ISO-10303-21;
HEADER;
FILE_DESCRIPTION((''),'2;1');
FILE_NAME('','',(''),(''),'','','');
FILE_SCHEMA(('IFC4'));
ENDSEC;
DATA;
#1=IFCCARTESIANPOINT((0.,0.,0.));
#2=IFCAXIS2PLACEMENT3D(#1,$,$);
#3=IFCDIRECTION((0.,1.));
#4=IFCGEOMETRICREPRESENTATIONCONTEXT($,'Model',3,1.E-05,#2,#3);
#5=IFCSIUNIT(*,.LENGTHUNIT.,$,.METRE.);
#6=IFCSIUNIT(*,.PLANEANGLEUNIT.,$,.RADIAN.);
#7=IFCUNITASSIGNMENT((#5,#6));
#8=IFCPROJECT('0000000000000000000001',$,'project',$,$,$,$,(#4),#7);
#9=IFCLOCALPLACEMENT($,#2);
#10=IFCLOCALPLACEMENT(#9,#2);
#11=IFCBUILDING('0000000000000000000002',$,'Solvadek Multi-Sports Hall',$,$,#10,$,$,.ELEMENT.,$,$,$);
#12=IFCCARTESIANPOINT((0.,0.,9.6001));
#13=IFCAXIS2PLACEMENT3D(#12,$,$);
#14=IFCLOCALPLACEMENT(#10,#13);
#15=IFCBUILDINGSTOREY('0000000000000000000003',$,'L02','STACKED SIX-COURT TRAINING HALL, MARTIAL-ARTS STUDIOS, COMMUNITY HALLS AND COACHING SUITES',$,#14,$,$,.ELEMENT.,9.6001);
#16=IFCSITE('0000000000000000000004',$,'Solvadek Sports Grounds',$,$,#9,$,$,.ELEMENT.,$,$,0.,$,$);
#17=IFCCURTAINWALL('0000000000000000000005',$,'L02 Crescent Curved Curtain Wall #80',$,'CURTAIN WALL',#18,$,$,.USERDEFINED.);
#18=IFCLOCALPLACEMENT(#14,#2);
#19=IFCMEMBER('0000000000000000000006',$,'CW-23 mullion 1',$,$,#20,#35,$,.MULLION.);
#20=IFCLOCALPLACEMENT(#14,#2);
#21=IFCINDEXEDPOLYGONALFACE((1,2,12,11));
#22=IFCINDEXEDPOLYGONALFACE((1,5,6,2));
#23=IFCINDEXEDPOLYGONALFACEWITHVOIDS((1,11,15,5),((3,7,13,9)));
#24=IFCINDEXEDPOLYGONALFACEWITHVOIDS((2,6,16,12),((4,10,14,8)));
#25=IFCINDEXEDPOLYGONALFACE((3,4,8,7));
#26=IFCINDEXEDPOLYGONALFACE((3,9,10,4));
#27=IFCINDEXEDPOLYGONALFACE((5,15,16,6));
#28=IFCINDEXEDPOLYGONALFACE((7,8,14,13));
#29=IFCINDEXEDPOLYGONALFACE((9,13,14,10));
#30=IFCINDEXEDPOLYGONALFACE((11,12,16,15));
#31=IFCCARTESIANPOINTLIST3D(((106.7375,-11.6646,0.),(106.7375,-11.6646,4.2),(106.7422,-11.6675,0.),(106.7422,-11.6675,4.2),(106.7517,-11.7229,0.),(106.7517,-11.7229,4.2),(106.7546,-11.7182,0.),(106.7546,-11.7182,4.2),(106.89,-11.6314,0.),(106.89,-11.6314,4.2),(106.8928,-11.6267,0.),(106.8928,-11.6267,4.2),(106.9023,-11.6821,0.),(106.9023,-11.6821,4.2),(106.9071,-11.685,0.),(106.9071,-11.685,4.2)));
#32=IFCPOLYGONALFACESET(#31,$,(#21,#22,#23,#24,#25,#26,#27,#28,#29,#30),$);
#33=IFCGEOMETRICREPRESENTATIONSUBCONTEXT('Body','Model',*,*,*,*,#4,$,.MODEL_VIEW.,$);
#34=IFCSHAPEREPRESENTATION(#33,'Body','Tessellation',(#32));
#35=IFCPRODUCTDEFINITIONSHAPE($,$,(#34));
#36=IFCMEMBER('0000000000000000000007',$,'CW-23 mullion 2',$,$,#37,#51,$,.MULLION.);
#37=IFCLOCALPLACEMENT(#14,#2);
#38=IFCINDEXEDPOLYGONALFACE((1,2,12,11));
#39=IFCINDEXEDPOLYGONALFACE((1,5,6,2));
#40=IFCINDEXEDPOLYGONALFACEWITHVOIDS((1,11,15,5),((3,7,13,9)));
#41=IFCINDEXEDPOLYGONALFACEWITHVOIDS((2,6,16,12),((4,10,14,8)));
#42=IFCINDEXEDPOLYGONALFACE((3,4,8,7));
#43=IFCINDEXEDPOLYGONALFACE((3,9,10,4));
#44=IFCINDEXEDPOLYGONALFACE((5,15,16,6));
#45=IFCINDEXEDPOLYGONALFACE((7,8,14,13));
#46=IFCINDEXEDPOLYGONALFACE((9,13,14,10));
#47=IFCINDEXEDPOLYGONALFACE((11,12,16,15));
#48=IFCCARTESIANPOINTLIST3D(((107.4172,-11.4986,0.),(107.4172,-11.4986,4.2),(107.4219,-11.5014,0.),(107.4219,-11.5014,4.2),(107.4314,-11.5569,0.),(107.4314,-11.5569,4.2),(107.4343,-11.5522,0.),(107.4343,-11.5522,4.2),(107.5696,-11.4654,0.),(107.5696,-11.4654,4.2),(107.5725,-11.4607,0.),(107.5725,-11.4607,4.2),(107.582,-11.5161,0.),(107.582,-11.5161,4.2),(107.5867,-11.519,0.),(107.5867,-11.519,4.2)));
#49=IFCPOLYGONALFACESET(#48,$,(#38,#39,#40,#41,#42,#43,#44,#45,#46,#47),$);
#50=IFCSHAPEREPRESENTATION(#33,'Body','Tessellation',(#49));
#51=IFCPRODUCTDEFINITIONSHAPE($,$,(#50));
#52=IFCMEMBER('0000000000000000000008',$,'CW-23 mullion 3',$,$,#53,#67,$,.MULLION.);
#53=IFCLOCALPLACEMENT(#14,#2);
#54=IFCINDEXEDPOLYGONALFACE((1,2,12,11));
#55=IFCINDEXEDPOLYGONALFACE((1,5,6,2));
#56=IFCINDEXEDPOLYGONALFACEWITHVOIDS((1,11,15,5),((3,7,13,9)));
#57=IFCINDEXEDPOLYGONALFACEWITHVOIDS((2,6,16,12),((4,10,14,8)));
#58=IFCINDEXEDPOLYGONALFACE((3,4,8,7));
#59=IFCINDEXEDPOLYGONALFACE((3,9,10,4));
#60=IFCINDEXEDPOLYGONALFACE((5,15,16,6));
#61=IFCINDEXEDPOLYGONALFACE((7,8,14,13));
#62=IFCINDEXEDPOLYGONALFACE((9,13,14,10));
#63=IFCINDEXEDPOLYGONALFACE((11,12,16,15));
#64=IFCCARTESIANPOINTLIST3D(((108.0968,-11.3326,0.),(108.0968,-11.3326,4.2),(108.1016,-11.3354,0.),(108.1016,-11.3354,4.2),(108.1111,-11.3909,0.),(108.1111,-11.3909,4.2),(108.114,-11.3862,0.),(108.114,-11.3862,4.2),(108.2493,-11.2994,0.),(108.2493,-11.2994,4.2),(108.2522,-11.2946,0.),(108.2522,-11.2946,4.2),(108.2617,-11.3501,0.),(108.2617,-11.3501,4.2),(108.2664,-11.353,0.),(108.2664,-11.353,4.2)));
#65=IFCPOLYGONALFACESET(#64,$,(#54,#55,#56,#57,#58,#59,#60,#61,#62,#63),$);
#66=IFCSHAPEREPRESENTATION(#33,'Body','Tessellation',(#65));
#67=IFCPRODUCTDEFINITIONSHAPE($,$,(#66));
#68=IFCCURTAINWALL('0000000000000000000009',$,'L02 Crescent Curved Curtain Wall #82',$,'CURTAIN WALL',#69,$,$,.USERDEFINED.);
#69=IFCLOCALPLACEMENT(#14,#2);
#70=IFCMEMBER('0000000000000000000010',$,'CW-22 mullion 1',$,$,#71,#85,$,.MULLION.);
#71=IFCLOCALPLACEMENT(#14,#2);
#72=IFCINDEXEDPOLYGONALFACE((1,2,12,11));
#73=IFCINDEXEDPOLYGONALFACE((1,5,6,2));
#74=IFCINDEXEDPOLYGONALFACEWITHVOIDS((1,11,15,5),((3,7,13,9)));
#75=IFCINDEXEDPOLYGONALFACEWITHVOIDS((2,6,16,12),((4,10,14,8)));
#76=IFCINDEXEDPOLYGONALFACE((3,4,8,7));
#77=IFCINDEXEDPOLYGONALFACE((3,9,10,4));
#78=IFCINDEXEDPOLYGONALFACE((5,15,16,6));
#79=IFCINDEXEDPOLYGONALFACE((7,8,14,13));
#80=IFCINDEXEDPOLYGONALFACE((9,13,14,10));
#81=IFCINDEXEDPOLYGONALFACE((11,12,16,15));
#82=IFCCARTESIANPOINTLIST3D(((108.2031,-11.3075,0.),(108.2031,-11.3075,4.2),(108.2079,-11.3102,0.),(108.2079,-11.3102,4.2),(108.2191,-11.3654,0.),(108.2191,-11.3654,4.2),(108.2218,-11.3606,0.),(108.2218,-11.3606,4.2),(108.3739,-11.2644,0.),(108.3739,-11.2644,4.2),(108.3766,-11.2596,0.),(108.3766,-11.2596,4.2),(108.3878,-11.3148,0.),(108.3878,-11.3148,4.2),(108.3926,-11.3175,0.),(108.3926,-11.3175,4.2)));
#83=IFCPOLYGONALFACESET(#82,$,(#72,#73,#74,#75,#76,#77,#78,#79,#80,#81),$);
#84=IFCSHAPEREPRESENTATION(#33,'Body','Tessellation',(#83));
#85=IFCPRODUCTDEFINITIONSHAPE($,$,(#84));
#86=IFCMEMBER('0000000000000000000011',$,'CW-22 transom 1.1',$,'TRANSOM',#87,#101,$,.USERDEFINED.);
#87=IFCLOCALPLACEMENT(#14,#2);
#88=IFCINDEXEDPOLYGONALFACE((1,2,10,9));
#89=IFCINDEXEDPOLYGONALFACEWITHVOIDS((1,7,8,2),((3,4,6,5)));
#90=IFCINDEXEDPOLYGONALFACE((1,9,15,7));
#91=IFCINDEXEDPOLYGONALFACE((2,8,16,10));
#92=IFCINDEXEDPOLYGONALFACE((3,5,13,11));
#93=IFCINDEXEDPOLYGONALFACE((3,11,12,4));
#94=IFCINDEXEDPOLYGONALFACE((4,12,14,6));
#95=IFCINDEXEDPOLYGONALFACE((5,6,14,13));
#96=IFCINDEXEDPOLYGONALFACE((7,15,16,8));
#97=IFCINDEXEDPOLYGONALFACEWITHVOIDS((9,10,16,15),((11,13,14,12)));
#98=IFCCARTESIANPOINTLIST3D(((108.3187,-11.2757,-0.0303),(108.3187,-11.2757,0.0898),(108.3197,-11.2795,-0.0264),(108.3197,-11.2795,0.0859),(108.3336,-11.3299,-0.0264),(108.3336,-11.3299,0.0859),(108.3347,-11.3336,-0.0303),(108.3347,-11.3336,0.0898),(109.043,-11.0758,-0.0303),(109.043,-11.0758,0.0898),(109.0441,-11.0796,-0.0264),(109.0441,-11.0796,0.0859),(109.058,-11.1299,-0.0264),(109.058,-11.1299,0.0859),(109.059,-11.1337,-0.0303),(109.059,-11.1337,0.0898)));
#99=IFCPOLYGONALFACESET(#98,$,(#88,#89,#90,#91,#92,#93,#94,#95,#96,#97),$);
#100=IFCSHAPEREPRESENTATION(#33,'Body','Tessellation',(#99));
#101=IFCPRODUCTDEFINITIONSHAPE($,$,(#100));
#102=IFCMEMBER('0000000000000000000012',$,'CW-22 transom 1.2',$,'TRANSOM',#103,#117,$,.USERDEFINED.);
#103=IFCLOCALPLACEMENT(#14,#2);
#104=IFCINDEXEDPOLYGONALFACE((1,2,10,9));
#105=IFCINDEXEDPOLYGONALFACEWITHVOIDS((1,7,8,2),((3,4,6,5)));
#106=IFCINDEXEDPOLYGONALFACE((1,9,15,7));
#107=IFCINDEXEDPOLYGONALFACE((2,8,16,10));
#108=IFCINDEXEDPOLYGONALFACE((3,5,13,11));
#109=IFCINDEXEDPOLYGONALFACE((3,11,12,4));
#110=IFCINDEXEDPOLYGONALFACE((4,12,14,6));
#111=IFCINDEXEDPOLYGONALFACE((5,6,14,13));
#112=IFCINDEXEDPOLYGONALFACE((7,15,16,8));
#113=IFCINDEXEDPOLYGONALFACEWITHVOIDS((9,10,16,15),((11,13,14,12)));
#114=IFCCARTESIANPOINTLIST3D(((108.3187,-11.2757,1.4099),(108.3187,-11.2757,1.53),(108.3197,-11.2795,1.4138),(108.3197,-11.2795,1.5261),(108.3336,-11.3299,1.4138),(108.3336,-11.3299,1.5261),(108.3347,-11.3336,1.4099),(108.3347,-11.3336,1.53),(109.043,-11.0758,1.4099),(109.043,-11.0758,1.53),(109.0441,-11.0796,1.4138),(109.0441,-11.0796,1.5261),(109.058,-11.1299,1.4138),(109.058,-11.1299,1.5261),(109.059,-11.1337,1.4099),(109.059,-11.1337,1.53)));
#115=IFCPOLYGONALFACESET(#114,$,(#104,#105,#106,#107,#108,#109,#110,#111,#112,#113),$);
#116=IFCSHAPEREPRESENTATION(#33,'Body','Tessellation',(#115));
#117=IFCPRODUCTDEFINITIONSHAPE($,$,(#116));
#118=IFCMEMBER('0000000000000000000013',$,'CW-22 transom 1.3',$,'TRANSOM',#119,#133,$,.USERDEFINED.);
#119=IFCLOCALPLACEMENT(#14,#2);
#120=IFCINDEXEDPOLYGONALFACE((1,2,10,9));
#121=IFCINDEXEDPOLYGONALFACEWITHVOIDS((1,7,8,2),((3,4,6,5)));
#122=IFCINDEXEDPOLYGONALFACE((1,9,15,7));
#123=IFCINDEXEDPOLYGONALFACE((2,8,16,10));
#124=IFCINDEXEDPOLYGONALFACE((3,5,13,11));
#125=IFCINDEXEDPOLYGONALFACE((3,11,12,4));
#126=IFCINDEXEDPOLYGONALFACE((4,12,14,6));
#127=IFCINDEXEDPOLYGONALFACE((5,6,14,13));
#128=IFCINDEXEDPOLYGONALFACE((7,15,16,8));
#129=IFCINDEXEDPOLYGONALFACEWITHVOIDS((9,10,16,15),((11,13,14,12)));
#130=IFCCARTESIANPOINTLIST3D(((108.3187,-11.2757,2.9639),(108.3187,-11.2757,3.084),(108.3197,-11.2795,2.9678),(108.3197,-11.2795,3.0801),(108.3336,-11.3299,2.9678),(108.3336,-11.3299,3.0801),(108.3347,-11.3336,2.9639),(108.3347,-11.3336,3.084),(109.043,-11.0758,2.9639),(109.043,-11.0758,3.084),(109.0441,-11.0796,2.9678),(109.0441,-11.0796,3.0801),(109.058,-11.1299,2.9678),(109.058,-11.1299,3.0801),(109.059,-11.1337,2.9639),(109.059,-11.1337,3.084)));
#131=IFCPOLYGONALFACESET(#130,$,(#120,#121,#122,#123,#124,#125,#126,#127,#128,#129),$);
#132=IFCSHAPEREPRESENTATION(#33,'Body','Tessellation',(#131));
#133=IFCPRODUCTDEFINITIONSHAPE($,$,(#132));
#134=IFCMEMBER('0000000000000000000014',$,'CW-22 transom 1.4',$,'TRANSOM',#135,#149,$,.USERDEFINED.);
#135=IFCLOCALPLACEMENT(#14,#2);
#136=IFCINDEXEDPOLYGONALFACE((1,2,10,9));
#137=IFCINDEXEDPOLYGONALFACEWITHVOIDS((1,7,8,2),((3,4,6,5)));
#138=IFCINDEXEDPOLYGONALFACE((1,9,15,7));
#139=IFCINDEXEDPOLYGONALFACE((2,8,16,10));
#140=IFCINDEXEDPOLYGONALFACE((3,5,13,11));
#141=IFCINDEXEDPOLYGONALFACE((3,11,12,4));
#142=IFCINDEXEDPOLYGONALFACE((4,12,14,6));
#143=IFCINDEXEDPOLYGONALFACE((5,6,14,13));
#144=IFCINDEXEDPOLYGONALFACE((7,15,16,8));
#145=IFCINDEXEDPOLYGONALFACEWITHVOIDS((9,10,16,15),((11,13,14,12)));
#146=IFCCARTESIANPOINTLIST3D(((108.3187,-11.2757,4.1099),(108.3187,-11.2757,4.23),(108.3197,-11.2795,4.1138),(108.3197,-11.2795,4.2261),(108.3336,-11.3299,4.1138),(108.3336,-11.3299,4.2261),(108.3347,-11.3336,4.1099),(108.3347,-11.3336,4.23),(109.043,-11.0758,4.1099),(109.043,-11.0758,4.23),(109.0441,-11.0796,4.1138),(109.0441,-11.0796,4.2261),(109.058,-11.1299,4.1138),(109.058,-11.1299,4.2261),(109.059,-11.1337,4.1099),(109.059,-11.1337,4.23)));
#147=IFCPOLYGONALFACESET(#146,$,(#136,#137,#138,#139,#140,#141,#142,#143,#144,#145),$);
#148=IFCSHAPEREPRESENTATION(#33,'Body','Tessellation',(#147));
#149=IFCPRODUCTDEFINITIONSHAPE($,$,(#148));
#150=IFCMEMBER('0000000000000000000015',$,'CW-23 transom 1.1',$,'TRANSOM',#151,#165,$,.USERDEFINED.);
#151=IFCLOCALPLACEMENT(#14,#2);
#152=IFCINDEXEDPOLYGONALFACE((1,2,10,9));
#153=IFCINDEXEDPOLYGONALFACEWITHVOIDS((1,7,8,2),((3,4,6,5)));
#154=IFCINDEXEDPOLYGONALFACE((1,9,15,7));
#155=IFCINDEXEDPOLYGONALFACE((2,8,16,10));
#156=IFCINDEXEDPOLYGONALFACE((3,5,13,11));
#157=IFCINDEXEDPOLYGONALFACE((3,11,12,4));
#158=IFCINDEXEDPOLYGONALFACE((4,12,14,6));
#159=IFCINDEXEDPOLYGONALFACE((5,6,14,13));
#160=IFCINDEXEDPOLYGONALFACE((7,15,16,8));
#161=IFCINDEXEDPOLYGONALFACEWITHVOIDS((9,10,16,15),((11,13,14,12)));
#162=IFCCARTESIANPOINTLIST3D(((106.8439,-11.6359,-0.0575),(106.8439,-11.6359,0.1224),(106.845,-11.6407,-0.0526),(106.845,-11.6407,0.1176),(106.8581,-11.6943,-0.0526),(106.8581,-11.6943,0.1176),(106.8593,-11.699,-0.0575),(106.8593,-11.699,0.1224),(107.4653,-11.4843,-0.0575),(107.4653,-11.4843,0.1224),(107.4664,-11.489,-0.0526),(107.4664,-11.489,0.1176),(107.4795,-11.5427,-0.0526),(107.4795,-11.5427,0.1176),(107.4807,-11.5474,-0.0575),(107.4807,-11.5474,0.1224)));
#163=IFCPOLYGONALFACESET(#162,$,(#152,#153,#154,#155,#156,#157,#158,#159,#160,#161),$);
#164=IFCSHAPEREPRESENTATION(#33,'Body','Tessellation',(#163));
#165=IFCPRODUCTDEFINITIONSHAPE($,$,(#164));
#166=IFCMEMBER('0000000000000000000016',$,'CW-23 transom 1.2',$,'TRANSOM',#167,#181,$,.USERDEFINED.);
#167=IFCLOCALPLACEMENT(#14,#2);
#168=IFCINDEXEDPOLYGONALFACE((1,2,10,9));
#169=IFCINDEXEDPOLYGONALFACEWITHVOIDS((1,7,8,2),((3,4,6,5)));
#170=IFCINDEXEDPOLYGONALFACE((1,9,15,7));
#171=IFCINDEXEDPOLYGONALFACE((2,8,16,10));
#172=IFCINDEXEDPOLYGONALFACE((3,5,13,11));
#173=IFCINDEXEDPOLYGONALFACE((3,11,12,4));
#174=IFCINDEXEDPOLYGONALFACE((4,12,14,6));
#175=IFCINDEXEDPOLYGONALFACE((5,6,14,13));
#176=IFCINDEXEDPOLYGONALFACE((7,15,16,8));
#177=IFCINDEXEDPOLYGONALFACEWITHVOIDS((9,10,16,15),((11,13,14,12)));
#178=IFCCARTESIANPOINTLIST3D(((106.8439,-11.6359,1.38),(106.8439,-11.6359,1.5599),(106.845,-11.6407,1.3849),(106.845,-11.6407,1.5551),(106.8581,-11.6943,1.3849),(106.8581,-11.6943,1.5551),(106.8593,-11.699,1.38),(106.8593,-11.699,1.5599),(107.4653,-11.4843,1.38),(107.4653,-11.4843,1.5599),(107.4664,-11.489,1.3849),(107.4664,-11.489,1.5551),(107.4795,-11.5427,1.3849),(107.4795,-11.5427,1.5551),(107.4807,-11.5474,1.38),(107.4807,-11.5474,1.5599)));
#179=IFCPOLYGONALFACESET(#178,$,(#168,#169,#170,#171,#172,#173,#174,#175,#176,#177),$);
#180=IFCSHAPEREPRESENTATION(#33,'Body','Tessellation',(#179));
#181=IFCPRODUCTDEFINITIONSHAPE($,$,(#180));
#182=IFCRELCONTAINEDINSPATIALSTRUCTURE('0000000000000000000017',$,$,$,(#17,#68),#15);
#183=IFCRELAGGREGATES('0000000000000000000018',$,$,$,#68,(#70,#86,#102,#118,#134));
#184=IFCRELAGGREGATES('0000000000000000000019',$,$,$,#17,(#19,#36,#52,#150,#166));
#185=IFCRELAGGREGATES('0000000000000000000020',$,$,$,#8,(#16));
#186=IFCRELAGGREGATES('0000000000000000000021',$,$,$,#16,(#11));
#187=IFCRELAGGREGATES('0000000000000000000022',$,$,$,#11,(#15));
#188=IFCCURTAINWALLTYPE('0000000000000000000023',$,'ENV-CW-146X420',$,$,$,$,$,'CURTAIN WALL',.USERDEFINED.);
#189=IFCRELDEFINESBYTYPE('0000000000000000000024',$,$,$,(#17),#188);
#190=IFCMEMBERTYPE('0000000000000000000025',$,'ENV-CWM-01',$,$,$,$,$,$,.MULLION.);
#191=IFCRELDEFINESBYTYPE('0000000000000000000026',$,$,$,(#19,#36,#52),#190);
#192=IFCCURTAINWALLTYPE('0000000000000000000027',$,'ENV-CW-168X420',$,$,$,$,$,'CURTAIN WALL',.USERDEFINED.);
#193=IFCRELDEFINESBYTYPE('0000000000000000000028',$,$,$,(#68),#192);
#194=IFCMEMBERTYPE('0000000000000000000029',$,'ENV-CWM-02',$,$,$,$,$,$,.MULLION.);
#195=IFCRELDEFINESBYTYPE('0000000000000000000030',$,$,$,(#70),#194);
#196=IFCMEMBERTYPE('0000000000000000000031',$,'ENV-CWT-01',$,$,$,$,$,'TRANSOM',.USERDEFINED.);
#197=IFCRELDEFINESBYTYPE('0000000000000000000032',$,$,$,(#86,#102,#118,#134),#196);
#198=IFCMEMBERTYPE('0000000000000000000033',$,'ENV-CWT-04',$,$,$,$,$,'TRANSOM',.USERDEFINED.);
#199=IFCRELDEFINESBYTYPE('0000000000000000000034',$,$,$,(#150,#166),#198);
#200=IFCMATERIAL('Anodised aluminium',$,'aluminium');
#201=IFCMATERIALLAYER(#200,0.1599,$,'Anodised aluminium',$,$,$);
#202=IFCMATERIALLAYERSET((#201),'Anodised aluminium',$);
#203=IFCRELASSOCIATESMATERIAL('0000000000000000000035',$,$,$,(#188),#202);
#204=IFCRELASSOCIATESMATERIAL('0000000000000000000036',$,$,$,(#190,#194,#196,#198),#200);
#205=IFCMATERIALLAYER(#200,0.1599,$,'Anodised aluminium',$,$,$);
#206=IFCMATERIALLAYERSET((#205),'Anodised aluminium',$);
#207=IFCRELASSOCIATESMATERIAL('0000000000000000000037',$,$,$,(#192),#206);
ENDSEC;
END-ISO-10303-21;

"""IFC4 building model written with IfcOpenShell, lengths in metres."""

from ifc_helpers import new_model, si_unit, direction, frame, origin, origin_2d, place, context, subcontext, project, spatial, hollow_rectangle, extrude, material, layer, layer_set, material_profile, profile_set, type_object, element, aggregate, save


model = new_model("IFC4")

# Units and contexts
model_context = context("Model", 3, precision=1e-05, world=origin(), true_north=direction((0.0, 1.0)))
body_context = subcontext(model_context, "Body", "Model", "MODEL_VIEW")
ifc_project = project(units=[si_unit("LENGTHUNIT", "METRE"), si_unit("PLANEANGLEUNIT", "RADIAN")], contexts=[model_context])

# Site, building, storey
site_placement = place(None, origin())
site = spatial("IfcSite", under=ifc_project, at=site_placement, Name="Solvadek Sports Grounds", CompositionType="ELEMENT", RefElevation=0.0)
building_placement = place(site_placement, origin())
building = spatial("IfcBuilding", under=site, at=building_placement, Name="Solvadek Multi-Sports Hall", CompositionType="ELEMENT")
storey_placement = place(building_placement, frame((0.0, 0.0, 9.6001)))
storey = spatial("IfcBuildingStorey", under=building, at=storey_placement, Name="L02", Description="STACKED SIX-COURT TRAINING HALL, MARTIAL-ARTS STUDIOS, COMMUNITY HALLS AND COACHING SUITES", CompositionType="ELEMENT", Elevation=9.6001)

# Curtain walls, members
ifc_material_1 = material(Name="Anodised aluminium", Category="aluminium")
ifc_layer_1 = layer(ifc_material_1, 0.1599, Name="Anodised aluminium")
ifc_layer_set_1 = layer_set([ifc_layer_1], Name="Anodised aluminium")
curtain_wall_type_1 = type_object("IfcCurtainWallType", Name="ENV-CW-146X420", ElementType="CURTAIN WALL", PredefinedType="USERDEFINED", material=ifc_layer_set_1)
curtain_wall_1_placement = place(storey_placement, origin())
curtain_wall_1 = element("IfcCurtainWall", 1, at=curtain_wall_1_placement, inside=storey, type_object=curtain_wall_type_1, Name="L02 Crescent Curved Curtain Wall #80", ObjectType="CURTAIN WALL", PredefinedType="USERDEFINED")
ifc_material_profile_1 = material_profile(ifc_material_1, hollow_rectangle(XDim=0.0601, YDim=0.1599, WallThickness=0.0039, at=origin_2d()), Name="ALU-M 160x60x4")
ifc_profile_set_1 = profile_set([ifc_material_profile_1], Name="Anodised aluminium")
member_type_1 = type_object("IfcMemberType", Name="ENV-CWM-01", PredefinedType="MULLION", material=ifc_profile_set_1)
member_1_placement = place(storey_placement, frame((106.8223, -11.6748, 0.0), z_axis=(0.0, 0.0, 1.0), x_axis=(-0.237163, 0.97147, 0.0)))
member_1 = element("IfcMember", 2, at=member_1_placement, type_object=member_type_1, Name="CW-23 mullion 1", PredefinedType="MULLION", context=body_context, shape_type="SweptSolid", body=[
    extrude(hollow_rectangle(XDim=0.0601, YDim=0.1599, WallThickness=0.0039, at=origin_2d()), origin(), (0.0, 0.0, 1.0), 4.2),
])
member_2_placement = place(storey_placement, frame((107.502, -11.5088, 0.0), z_axis=(0.0, 0.0, 1.0), x_axis=(-0.237163, 0.97147, 0.0)))
member_2 = element("IfcMember", 3, at=member_2_placement, type_object=member_type_1, Name="CW-23 mullion 2", PredefinedType="MULLION", context=body_context, shape_type="SweptSolid", body=[
    extrude(hollow_rectangle(XDim=0.0601, YDim=0.1599, WallThickness=0.0039, at=origin_2d()), origin(), (0.0, 0.0, 1.0), 4.2),
])
member_3_placement = place(storey_placement, frame((108.1816, -11.3428, 0.0), z_axis=(0.0, 0.0, 1.0), x_axis=(-0.237163, 0.97147, 0.0)))
member_3 = element("IfcMember", 4, at=member_3_placement, type_object=member_type_1, Name="CW-23 mullion 3", PredefinedType="MULLION", context=body_context, shape_type="SweptSolid", body=[
    extrude(hollow_rectangle(XDim=0.0601, YDim=0.1599, WallThickness=0.0039, at=origin_2d()), origin(), (0.0, 0.0, 1.0), 4.2),
])
ifc_layer_2 = layer(ifc_material_1, 0.1599, Name="Anodised aluminium")
ifc_layer_set_2 = layer_set([ifc_layer_2], Name="Anodised aluminium")
curtain_wall_type_2 = type_object("IfcCurtainWallType", Name="ENV-CW-168X420", ElementType="CURTAIN WALL", PredefinedType="USERDEFINED", material=ifc_layer_set_2)
curtain_wall_2_placement = place(storey_placement, origin())
curtain_wall_2 = element("IfcCurtainWall", 5, at=curtain_wall_2_placement, inside=storey, type_object=curtain_wall_type_2, Name="L02 Crescent Curved Curtain Wall #82", ObjectType="CURTAIN WALL", PredefinedType="USERDEFINED")
ifc_material_profile_2 = material_profile(ifc_material_1, hollow_rectangle(XDim=0.0601, YDim=0.1799, WallThickness=0.0039, at=origin_2d()), Name="ALU-M 180x60x4")
ifc_profile_set_2 = profile_set([ifc_material_profile_2], Name="Anodised aluminium")
member_type_2 = type_object("IfcMemberType", Name="ENV-CWM-02", PredefinedType="MULLION", material=ifc_profile_set_2)
member_4_placement = place(storey_placement, frame((108.2979, -11.3125, 0.0), z_axis=(0.0, 0.0, 1.0), x_axis=(-0.265982, 0.963978, 0.0)))
member_4 = element("IfcMember", 6, at=member_4_placement, type_object=member_type_2, Name="CW-22 mullion 1", PredefinedType="MULLION", context=body_context, shape_type="SweptSolid", body=[
    extrude(hollow_rectangle(XDim=0.0601, YDim=0.1799, WallThickness=0.0039, at=origin_2d()), origin(), (0.0, 0.0, 1.0), 4.2),
])
ifc_material_profile_3 = material_profile(ifc_material_1, hollow_rectangle(XDim=0.0601, YDim=0.1201, WallThickness=0.0039, at=origin_2d()), Name="ALU-T 120x60x4")
ifc_profile_set_3 = profile_set([ifc_material_profile_3], Name="Anodised aluminium")
member_type_3 = type_object("IfcMemberType", Name="ENV-CWT-01", ElementType="TRANSOM", PredefinedType="USERDEFINED", material=ifc_profile_set_3)
member_5_placement = place(storey_placement, frame((108.3267, -11.3047, 0.0298), z_axis=(0.96395, 0.266085, 0.0), x_axis=(-0.266085, 0.96395, 0.0)))
member_5 = element("IfcMember", 7, at=member_5_placement, type_object=member_type_3, Name="CW-22 transom 1.1", ObjectType="TRANSOM", PredefinedType="USERDEFINED", context=body_context, shape_type="SweptSolid", body=[
    extrude(hollow_rectangle(XDim=0.0601, YDim=0.1201, WallThickness=0.0039, at=origin_2d()), origin(), (0.0, 0.0, 1.0), 0.7515),
])
member_6_placement = place(storey_placement, frame((108.3267, -11.3047, 1.47), z_axis=(0.96395, 0.266085, 0.0), x_axis=(-0.266085, 0.96395, 0.0)))
member_6 = element("IfcMember", 8, at=member_6_placement, type_object=member_type_3, Name="CW-22 transom 1.2", ObjectType="TRANSOM", PredefinedType="USERDEFINED", context=body_context, shape_type="SweptSolid", body=[
    extrude(hollow_rectangle(XDim=0.0601, YDim=0.1201, WallThickness=0.0039, at=origin_2d()), origin(), (0.0, 0.0, 1.0), 0.7515),
])
member_7_placement = place(storey_placement, frame((108.3267, -11.3047, 3.0239), z_axis=(0.96395, 0.266085, 0.0), x_axis=(-0.266085, 0.96395, 0.0)))
member_7 = element("IfcMember", 9, at=member_7_placement, type_object=member_type_3, Name="CW-22 transom 1.3", ObjectType="TRANSOM", PredefinedType="USERDEFINED", context=body_context, shape_type="SweptSolid", body=[
    extrude(hollow_rectangle(XDim=0.0601, YDim=0.1201, WallThickness=0.0039, at=origin_2d()), origin(), (0.0, 0.0, 1.0), 0.7515),
])
member_8_placement = place(storey_placement, frame((108.3267, -11.3047, 4.1699), z_axis=(0.96395, 0.266085, 0.0), x_axis=(-0.266085, 0.96395, 0.0)))
member_8 = element("IfcMember", 10, at=member_8_placement, type_object=member_type_3, Name="CW-22 transom 1.4", ObjectType="TRANSOM", PredefinedType="USERDEFINED", context=body_context, shape_type="SweptSolid", body=[
    extrude(hollow_rectangle(XDim=0.0601, YDim=0.1201, WallThickness=0.0039, at=origin_2d()), origin(), (0.0, 0.0, 1.0), 0.7515),
])
aggregate(curtain_wall_2, [member_4, member_5, member_6, member_7, member_8])

# Members
ifc_material_profile_4 = material_profile(ifc_material_1, hollow_rectangle(XDim=0.0649, YDim=0.1799, WallThickness=0.0049, at=origin_2d()), Name="ALU-T 180x65x5")
ifc_profile_set_4 = profile_set([ifc_material_profile_4], Name="Anodised aluminium")
member_type_4 = type_object("IfcMemberType", Name="ENV-CWT-04", ElementType="TRANSOM", PredefinedType="USERDEFINED", material=ifc_profile_set_4)
member_9_placement = place(storey_placement, frame((106.8516, -11.6675, 0.0325), z_axis=(0.971497, 0.237053, 0.0), x_axis=(-0.237053, 0.971497, 0.0)))
member_9 = element("IfcMember", 11, at=member_9_placement, type_object=member_type_4, Name="CW-23 transom 1.1", ObjectType="TRANSOM", PredefinedType="USERDEFINED", context=body_context, shape_type="SweptSolid", body=[
    extrude(hollow_rectangle(XDim=0.0649, YDim=0.1799, WallThickness=0.0049, at=origin_2d()), origin(), (0.0, 0.0, 1.0), 0.6396),
])
member_10_placement = place(storey_placement, frame((106.8516, -11.6675, 1.47), z_axis=(0.971497, 0.237053, 0.0), x_axis=(-0.237053, 0.971497, 0.0)))
member_10 = element("IfcMember", 12, at=member_10_placement, type_object=member_type_4, Name="CW-23 transom 1.2", ObjectType="TRANSOM", PredefinedType="USERDEFINED", context=body_context, shape_type="SweptSolid", body=[
    extrude(hollow_rectangle(XDim=0.0649, YDim=0.1799, WallThickness=0.0049, at=origin_2d()), origin(), (0.0, 0.0, 1.0), 0.6396),
])

aggregate(curtain_wall_1, [member_1, member_2, member_3, member_9, member_10])

save(model, "model.ifc")
